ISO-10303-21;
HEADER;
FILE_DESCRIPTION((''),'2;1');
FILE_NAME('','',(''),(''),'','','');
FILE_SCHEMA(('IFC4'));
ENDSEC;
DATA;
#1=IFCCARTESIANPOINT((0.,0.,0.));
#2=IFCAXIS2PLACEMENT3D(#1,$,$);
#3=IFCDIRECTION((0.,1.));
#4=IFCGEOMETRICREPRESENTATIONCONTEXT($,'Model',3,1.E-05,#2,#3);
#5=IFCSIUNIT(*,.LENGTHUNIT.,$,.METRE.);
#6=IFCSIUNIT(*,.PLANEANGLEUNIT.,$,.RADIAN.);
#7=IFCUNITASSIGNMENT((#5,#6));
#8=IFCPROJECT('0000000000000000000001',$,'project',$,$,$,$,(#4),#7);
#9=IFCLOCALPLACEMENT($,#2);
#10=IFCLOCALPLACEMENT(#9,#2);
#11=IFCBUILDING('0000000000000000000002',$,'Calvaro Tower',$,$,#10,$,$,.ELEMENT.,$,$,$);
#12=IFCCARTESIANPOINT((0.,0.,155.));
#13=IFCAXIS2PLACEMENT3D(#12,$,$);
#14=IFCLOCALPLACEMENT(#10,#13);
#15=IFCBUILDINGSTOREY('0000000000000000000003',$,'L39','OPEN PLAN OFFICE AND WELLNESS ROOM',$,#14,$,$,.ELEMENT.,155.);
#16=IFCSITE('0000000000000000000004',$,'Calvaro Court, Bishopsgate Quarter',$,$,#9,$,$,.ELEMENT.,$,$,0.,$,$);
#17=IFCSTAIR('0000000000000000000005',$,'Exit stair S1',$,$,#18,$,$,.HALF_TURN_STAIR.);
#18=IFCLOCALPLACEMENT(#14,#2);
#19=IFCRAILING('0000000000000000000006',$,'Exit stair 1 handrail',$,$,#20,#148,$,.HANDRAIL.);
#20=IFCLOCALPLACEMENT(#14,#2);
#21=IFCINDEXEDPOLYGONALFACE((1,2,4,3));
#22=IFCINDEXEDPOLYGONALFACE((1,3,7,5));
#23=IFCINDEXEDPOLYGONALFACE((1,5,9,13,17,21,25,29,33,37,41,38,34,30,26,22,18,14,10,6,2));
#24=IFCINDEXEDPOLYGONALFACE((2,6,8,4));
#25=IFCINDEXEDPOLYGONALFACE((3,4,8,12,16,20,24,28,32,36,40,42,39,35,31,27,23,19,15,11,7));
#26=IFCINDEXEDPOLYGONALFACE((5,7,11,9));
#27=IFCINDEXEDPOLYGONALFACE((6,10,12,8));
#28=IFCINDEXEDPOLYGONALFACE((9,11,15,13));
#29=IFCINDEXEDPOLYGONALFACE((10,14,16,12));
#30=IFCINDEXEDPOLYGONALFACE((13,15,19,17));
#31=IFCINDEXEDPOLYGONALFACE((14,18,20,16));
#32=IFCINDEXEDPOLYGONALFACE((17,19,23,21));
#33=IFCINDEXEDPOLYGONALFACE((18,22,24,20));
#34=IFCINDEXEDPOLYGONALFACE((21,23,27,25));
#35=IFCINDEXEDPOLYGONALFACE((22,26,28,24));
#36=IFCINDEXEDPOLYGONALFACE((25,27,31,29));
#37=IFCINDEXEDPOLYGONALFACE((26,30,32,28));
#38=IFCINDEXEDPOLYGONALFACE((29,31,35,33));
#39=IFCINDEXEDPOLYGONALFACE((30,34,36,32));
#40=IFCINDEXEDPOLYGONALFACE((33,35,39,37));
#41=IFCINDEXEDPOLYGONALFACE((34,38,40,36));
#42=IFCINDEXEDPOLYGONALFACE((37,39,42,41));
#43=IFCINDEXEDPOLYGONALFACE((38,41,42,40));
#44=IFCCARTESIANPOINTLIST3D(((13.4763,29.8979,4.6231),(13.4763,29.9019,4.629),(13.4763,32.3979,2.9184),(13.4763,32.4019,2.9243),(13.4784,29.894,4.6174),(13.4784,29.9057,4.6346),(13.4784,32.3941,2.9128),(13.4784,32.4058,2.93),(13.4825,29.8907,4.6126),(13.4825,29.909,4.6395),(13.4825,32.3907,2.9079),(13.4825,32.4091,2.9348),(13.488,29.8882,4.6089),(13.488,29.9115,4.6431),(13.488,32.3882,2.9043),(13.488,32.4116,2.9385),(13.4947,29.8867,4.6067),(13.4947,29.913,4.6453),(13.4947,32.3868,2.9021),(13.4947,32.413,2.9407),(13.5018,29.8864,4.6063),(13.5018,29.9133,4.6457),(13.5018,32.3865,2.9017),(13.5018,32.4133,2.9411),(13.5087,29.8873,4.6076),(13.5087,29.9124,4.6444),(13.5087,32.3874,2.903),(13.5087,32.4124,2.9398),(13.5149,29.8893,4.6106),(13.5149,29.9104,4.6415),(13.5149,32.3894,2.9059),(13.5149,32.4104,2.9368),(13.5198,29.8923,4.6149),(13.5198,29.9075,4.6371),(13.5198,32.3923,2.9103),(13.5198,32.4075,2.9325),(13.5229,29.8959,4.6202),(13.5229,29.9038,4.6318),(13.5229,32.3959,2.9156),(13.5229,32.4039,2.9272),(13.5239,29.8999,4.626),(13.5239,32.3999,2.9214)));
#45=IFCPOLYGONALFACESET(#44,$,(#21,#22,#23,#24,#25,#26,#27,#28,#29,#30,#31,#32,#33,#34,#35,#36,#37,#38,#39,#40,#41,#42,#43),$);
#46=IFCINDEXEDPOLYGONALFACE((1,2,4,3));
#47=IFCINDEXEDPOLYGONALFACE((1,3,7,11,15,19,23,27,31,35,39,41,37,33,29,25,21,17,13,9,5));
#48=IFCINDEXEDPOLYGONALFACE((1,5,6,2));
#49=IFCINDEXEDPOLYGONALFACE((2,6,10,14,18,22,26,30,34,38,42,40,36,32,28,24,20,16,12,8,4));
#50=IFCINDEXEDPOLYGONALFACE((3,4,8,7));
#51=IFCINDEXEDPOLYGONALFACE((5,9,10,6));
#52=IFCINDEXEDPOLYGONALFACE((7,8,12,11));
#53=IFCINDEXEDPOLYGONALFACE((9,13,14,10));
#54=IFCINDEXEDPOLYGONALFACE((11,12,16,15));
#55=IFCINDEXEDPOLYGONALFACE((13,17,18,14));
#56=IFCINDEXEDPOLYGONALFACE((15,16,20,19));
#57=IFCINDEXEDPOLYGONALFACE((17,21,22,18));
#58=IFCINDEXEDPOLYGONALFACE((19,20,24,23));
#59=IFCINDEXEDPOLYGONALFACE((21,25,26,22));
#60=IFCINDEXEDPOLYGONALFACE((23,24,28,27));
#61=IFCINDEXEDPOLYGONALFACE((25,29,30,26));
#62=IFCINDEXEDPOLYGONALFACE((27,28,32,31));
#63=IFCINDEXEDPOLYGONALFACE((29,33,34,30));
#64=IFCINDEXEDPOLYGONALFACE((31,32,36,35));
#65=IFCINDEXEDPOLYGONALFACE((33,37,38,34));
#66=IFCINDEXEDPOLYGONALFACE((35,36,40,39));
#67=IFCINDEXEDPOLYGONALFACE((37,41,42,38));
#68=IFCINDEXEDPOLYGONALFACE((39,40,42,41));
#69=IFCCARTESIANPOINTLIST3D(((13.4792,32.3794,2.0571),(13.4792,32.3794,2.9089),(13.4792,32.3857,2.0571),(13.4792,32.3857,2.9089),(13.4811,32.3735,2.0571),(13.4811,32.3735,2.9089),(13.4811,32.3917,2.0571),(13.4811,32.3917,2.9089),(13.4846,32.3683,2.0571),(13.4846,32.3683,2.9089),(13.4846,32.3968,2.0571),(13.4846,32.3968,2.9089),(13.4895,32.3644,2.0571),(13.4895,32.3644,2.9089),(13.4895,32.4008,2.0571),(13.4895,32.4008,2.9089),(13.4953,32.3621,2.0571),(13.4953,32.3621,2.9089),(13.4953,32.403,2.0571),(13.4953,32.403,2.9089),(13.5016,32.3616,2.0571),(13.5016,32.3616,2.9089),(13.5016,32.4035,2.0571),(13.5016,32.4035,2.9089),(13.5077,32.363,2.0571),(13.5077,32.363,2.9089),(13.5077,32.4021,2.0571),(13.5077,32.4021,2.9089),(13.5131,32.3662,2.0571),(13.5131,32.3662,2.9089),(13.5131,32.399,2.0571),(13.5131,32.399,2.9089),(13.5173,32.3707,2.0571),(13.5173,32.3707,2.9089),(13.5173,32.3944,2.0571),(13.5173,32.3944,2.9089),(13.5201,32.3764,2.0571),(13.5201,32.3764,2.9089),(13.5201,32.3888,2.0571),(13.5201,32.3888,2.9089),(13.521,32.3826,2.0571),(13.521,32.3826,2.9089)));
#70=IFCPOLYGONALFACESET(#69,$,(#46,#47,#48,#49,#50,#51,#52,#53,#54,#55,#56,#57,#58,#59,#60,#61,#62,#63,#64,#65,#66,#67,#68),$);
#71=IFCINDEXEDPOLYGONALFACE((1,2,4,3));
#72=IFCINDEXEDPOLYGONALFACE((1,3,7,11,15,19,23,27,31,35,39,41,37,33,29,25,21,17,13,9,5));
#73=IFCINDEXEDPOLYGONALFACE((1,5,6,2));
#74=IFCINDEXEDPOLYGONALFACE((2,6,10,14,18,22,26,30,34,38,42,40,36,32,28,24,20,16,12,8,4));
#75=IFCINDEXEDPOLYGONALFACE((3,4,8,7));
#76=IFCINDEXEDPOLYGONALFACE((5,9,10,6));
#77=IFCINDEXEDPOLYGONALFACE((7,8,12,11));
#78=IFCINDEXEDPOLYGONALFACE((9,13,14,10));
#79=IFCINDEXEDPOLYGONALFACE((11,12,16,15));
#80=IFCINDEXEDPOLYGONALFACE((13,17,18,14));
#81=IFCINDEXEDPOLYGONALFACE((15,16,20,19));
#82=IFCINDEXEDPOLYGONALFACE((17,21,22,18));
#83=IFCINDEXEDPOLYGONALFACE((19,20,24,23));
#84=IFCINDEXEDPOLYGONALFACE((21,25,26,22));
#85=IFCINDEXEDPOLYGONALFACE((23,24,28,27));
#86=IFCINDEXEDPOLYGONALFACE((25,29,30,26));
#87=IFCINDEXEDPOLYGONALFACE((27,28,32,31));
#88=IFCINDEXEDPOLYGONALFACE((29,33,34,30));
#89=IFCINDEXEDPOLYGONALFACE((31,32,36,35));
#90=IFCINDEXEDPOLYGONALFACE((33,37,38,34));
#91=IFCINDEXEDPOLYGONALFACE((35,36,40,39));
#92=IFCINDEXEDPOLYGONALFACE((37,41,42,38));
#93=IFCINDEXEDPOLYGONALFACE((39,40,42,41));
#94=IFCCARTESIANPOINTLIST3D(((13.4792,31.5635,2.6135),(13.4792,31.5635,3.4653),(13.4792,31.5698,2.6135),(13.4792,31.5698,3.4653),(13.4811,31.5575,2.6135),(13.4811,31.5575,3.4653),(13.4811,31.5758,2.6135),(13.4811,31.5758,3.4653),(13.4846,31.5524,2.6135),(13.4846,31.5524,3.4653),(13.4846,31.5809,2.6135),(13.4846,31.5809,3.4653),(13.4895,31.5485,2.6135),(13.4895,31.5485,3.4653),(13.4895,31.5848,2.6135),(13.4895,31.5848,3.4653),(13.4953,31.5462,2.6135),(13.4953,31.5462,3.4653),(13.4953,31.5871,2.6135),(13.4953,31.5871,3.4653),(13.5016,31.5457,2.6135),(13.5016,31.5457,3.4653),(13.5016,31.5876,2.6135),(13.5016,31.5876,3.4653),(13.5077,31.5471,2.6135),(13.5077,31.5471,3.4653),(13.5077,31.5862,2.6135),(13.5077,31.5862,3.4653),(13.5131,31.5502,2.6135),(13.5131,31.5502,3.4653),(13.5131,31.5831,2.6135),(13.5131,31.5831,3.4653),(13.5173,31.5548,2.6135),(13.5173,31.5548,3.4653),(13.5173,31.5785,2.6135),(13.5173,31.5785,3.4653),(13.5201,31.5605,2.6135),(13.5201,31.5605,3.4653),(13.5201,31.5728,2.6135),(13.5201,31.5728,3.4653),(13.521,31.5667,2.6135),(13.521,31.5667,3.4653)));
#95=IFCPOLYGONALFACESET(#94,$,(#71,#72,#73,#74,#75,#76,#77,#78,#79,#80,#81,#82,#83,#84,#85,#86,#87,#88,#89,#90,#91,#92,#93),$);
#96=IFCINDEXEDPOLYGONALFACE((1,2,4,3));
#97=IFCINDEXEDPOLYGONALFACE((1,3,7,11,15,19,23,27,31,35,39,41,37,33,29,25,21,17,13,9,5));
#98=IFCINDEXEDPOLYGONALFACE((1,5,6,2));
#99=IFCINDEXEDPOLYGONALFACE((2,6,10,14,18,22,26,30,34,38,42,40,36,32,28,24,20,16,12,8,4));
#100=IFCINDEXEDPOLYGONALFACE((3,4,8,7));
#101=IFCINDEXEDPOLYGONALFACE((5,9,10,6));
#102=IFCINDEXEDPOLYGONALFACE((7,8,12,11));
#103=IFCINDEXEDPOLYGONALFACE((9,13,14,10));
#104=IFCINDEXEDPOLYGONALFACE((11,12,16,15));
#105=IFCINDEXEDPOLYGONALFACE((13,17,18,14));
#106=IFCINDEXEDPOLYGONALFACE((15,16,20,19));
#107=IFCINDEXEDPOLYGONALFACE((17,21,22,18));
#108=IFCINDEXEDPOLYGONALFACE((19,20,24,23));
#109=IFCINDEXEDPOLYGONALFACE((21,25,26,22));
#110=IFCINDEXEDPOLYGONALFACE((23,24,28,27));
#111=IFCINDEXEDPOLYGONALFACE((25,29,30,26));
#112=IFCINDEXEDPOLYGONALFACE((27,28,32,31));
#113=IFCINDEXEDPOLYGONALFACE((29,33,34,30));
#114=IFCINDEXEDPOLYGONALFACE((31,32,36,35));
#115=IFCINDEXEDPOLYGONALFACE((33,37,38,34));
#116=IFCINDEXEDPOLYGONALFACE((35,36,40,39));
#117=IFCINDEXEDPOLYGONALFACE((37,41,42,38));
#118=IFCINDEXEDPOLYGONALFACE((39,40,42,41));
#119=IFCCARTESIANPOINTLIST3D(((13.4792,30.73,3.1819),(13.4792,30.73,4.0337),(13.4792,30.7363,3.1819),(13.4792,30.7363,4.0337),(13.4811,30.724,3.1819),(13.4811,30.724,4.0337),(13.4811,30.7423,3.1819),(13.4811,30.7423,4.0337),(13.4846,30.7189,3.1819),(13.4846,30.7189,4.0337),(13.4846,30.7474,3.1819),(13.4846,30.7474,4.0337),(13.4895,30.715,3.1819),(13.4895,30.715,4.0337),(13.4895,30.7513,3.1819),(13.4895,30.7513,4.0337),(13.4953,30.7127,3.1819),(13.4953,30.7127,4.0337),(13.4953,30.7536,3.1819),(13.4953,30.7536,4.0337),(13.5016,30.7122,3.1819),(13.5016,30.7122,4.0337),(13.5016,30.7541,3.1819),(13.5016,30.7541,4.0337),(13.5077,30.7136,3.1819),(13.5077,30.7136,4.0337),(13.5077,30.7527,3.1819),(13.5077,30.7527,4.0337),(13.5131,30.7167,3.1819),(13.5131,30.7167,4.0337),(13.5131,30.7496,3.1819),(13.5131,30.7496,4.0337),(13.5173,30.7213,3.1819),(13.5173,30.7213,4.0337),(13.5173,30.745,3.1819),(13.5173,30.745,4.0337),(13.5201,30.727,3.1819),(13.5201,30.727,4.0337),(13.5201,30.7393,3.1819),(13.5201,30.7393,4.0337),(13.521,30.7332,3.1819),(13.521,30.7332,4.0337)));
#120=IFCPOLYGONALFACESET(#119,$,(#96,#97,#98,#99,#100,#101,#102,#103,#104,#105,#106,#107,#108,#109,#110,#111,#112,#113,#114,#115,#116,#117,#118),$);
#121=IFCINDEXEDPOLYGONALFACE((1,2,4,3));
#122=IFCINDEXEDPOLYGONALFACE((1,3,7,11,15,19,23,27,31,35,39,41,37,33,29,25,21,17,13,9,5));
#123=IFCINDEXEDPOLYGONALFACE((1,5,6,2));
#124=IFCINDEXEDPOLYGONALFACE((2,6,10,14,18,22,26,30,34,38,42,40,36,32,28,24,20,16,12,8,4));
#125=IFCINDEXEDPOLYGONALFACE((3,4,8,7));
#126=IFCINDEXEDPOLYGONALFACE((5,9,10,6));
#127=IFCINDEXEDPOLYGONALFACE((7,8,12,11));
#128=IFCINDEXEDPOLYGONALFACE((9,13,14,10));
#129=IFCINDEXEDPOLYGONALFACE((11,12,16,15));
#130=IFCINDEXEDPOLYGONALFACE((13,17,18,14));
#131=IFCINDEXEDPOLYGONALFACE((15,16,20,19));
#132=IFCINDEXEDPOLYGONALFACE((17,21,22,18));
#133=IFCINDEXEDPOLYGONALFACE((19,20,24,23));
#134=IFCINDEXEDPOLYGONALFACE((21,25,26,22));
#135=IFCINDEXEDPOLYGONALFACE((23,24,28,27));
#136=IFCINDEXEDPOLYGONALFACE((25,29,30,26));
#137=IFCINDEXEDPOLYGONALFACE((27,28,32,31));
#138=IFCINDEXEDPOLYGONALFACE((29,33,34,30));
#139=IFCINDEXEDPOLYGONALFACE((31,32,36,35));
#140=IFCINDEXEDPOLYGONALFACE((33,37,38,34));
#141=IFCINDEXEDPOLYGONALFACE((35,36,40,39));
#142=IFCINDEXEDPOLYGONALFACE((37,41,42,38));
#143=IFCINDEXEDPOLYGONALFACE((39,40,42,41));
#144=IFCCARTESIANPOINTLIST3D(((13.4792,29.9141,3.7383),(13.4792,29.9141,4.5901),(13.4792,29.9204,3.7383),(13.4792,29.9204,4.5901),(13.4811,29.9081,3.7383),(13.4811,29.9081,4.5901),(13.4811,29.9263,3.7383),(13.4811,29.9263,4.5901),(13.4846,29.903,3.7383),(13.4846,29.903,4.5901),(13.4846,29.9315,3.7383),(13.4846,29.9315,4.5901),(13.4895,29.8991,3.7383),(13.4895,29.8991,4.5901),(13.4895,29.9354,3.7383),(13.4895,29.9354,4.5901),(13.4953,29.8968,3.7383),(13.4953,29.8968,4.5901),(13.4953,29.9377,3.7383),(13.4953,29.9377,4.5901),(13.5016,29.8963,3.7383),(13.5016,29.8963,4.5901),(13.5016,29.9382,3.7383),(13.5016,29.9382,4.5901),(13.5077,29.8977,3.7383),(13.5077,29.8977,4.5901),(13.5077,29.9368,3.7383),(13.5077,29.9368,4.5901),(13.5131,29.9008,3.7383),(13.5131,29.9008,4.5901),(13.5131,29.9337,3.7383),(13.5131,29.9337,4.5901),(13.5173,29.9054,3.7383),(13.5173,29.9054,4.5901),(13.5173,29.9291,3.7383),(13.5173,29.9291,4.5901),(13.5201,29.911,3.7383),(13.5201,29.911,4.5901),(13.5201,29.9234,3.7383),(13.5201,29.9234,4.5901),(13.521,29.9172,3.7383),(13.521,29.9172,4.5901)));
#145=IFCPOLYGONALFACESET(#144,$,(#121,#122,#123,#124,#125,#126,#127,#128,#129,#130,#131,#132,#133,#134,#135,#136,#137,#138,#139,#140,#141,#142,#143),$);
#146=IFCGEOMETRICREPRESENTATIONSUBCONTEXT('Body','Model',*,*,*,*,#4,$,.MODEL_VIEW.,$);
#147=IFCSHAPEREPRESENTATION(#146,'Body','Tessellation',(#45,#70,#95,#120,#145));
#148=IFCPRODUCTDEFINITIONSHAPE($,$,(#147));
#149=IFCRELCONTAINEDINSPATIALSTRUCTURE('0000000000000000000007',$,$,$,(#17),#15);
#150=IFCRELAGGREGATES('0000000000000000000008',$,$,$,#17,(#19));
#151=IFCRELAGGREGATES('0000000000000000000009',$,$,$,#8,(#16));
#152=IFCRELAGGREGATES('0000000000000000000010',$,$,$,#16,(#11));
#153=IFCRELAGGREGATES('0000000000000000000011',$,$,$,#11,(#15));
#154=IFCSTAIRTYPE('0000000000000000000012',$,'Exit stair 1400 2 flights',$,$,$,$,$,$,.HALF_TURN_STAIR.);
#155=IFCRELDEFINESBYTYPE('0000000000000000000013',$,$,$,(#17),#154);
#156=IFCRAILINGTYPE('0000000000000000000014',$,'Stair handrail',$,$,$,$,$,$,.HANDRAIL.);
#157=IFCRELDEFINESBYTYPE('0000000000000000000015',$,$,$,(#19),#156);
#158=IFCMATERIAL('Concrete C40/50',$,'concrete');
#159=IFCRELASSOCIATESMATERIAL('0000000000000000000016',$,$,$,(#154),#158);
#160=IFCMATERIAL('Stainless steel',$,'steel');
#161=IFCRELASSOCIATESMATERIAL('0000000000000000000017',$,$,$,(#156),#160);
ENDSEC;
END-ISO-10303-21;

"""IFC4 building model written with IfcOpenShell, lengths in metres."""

from ifc_helpers import new_model, si_unit, direction, frame, origin, origin_2d, place, context, subcontext, project, spatial, circle, extrude, material, type_object, element, aggregate, save


model = new_model("IFC4")

# Units and contexts
model_context = context("Model", 3, precision=1e-05, world=origin(), true_north=direction((0.0, 1.0)))
body_context = subcontext(model_context, "Body", "Model", "MODEL_VIEW")
ifc_project = project(units=[si_unit("LENGTHUNIT", "METRE"), si_unit("PLANEANGLEUNIT", "RADIAN")], contexts=[model_context])

# Site, building, storey
site_placement = place(None, origin())
site = spatial("IfcSite", under=ifc_project, at=site_placement, Name="Calvaro Court, Bishopsgate Quarter", CompositionType="ELEMENT", RefElevation=0.0)
building_placement = place(site_placement, origin())
building = spatial("IfcBuilding", under=site, at=building_placement, Name="Calvaro Tower", CompositionType="ELEMENT")
storey_placement = place(building_placement, frame((0.0, 0.0, 155.0)))
storey = spatial("IfcBuildingStorey", under=building, at=storey_placement, Name="L39", Description="OPEN PLAN OFFICE AND WELLNESS ROOM", CompositionType="ELEMENT", Elevation=155.0)

# Stair, railing
ifc_material_1 = material(Name="Concrete C40/50", Category="concrete")
stair_type = type_object("IfcStairType", Name="Exit stair 1400 2 flights", PredefinedType="HALF_TURN_STAIR", material=ifc_material_1)
stair_placement = place(storey_placement, origin())
stair = element("IfcStair", 1, at=stair_placement, inside=storey, type_object=stair_type, Name="Exit stair S1", PredefinedType="HALF_TURN_STAIR")
ifc_material_2 = material(Name="Stainless steel", Category="steel")
railing_type = type_object("IfcRailingType", Name="Stair handrail", PredefinedType="HANDRAIL", material=ifc_material_2)
railing_1_placement = place(storey_placement, frame((13.5, 32.3999, 2.0454)))
railing_1 = element("IfcRailing", 2, at=railing_1_placement, type_object=railing_type, Name="Exit stair 1 handrail", PredefinedType="HANDRAIL", context=body_context, shape_type="SweptSolid", body=[
    extrude(circle(Radius=0.0239, at=origin_2d()), frame((0.0, 0.0, 0.876), z_axis=(0.0, -0.826221, 0.563347), x_axis=(1.0, 0.0, 0.0)), (0.0, 0.0, 1.0), 3.0259),
    extrude(circle(Radius=0.021, at=origin_2d()), frame((0.0, -0.0173, 0.0117)), (0.0, 0.0, 1.0), 0.8518),
    extrude(circle(Radius=0.021, at=origin_2d()), frame((0.0, -0.8333, 0.5681)), (0.0, 0.0, 1.0), 0.8518),
    extrude(circle(Radius=0.021, at=origin_2d()), frame((0.0, -1.6667, 1.1365)), (0.0, 0.0, 1.0), 0.8518),
    extrude(circle(Radius=0.021, at=origin_2d()), frame((0.0, -2.4827, 1.6929)), (0.0, 0.0, 1.0), 0.8518),
])
aggregate(stair, [railing_1])

save(model, "model.ifc")
